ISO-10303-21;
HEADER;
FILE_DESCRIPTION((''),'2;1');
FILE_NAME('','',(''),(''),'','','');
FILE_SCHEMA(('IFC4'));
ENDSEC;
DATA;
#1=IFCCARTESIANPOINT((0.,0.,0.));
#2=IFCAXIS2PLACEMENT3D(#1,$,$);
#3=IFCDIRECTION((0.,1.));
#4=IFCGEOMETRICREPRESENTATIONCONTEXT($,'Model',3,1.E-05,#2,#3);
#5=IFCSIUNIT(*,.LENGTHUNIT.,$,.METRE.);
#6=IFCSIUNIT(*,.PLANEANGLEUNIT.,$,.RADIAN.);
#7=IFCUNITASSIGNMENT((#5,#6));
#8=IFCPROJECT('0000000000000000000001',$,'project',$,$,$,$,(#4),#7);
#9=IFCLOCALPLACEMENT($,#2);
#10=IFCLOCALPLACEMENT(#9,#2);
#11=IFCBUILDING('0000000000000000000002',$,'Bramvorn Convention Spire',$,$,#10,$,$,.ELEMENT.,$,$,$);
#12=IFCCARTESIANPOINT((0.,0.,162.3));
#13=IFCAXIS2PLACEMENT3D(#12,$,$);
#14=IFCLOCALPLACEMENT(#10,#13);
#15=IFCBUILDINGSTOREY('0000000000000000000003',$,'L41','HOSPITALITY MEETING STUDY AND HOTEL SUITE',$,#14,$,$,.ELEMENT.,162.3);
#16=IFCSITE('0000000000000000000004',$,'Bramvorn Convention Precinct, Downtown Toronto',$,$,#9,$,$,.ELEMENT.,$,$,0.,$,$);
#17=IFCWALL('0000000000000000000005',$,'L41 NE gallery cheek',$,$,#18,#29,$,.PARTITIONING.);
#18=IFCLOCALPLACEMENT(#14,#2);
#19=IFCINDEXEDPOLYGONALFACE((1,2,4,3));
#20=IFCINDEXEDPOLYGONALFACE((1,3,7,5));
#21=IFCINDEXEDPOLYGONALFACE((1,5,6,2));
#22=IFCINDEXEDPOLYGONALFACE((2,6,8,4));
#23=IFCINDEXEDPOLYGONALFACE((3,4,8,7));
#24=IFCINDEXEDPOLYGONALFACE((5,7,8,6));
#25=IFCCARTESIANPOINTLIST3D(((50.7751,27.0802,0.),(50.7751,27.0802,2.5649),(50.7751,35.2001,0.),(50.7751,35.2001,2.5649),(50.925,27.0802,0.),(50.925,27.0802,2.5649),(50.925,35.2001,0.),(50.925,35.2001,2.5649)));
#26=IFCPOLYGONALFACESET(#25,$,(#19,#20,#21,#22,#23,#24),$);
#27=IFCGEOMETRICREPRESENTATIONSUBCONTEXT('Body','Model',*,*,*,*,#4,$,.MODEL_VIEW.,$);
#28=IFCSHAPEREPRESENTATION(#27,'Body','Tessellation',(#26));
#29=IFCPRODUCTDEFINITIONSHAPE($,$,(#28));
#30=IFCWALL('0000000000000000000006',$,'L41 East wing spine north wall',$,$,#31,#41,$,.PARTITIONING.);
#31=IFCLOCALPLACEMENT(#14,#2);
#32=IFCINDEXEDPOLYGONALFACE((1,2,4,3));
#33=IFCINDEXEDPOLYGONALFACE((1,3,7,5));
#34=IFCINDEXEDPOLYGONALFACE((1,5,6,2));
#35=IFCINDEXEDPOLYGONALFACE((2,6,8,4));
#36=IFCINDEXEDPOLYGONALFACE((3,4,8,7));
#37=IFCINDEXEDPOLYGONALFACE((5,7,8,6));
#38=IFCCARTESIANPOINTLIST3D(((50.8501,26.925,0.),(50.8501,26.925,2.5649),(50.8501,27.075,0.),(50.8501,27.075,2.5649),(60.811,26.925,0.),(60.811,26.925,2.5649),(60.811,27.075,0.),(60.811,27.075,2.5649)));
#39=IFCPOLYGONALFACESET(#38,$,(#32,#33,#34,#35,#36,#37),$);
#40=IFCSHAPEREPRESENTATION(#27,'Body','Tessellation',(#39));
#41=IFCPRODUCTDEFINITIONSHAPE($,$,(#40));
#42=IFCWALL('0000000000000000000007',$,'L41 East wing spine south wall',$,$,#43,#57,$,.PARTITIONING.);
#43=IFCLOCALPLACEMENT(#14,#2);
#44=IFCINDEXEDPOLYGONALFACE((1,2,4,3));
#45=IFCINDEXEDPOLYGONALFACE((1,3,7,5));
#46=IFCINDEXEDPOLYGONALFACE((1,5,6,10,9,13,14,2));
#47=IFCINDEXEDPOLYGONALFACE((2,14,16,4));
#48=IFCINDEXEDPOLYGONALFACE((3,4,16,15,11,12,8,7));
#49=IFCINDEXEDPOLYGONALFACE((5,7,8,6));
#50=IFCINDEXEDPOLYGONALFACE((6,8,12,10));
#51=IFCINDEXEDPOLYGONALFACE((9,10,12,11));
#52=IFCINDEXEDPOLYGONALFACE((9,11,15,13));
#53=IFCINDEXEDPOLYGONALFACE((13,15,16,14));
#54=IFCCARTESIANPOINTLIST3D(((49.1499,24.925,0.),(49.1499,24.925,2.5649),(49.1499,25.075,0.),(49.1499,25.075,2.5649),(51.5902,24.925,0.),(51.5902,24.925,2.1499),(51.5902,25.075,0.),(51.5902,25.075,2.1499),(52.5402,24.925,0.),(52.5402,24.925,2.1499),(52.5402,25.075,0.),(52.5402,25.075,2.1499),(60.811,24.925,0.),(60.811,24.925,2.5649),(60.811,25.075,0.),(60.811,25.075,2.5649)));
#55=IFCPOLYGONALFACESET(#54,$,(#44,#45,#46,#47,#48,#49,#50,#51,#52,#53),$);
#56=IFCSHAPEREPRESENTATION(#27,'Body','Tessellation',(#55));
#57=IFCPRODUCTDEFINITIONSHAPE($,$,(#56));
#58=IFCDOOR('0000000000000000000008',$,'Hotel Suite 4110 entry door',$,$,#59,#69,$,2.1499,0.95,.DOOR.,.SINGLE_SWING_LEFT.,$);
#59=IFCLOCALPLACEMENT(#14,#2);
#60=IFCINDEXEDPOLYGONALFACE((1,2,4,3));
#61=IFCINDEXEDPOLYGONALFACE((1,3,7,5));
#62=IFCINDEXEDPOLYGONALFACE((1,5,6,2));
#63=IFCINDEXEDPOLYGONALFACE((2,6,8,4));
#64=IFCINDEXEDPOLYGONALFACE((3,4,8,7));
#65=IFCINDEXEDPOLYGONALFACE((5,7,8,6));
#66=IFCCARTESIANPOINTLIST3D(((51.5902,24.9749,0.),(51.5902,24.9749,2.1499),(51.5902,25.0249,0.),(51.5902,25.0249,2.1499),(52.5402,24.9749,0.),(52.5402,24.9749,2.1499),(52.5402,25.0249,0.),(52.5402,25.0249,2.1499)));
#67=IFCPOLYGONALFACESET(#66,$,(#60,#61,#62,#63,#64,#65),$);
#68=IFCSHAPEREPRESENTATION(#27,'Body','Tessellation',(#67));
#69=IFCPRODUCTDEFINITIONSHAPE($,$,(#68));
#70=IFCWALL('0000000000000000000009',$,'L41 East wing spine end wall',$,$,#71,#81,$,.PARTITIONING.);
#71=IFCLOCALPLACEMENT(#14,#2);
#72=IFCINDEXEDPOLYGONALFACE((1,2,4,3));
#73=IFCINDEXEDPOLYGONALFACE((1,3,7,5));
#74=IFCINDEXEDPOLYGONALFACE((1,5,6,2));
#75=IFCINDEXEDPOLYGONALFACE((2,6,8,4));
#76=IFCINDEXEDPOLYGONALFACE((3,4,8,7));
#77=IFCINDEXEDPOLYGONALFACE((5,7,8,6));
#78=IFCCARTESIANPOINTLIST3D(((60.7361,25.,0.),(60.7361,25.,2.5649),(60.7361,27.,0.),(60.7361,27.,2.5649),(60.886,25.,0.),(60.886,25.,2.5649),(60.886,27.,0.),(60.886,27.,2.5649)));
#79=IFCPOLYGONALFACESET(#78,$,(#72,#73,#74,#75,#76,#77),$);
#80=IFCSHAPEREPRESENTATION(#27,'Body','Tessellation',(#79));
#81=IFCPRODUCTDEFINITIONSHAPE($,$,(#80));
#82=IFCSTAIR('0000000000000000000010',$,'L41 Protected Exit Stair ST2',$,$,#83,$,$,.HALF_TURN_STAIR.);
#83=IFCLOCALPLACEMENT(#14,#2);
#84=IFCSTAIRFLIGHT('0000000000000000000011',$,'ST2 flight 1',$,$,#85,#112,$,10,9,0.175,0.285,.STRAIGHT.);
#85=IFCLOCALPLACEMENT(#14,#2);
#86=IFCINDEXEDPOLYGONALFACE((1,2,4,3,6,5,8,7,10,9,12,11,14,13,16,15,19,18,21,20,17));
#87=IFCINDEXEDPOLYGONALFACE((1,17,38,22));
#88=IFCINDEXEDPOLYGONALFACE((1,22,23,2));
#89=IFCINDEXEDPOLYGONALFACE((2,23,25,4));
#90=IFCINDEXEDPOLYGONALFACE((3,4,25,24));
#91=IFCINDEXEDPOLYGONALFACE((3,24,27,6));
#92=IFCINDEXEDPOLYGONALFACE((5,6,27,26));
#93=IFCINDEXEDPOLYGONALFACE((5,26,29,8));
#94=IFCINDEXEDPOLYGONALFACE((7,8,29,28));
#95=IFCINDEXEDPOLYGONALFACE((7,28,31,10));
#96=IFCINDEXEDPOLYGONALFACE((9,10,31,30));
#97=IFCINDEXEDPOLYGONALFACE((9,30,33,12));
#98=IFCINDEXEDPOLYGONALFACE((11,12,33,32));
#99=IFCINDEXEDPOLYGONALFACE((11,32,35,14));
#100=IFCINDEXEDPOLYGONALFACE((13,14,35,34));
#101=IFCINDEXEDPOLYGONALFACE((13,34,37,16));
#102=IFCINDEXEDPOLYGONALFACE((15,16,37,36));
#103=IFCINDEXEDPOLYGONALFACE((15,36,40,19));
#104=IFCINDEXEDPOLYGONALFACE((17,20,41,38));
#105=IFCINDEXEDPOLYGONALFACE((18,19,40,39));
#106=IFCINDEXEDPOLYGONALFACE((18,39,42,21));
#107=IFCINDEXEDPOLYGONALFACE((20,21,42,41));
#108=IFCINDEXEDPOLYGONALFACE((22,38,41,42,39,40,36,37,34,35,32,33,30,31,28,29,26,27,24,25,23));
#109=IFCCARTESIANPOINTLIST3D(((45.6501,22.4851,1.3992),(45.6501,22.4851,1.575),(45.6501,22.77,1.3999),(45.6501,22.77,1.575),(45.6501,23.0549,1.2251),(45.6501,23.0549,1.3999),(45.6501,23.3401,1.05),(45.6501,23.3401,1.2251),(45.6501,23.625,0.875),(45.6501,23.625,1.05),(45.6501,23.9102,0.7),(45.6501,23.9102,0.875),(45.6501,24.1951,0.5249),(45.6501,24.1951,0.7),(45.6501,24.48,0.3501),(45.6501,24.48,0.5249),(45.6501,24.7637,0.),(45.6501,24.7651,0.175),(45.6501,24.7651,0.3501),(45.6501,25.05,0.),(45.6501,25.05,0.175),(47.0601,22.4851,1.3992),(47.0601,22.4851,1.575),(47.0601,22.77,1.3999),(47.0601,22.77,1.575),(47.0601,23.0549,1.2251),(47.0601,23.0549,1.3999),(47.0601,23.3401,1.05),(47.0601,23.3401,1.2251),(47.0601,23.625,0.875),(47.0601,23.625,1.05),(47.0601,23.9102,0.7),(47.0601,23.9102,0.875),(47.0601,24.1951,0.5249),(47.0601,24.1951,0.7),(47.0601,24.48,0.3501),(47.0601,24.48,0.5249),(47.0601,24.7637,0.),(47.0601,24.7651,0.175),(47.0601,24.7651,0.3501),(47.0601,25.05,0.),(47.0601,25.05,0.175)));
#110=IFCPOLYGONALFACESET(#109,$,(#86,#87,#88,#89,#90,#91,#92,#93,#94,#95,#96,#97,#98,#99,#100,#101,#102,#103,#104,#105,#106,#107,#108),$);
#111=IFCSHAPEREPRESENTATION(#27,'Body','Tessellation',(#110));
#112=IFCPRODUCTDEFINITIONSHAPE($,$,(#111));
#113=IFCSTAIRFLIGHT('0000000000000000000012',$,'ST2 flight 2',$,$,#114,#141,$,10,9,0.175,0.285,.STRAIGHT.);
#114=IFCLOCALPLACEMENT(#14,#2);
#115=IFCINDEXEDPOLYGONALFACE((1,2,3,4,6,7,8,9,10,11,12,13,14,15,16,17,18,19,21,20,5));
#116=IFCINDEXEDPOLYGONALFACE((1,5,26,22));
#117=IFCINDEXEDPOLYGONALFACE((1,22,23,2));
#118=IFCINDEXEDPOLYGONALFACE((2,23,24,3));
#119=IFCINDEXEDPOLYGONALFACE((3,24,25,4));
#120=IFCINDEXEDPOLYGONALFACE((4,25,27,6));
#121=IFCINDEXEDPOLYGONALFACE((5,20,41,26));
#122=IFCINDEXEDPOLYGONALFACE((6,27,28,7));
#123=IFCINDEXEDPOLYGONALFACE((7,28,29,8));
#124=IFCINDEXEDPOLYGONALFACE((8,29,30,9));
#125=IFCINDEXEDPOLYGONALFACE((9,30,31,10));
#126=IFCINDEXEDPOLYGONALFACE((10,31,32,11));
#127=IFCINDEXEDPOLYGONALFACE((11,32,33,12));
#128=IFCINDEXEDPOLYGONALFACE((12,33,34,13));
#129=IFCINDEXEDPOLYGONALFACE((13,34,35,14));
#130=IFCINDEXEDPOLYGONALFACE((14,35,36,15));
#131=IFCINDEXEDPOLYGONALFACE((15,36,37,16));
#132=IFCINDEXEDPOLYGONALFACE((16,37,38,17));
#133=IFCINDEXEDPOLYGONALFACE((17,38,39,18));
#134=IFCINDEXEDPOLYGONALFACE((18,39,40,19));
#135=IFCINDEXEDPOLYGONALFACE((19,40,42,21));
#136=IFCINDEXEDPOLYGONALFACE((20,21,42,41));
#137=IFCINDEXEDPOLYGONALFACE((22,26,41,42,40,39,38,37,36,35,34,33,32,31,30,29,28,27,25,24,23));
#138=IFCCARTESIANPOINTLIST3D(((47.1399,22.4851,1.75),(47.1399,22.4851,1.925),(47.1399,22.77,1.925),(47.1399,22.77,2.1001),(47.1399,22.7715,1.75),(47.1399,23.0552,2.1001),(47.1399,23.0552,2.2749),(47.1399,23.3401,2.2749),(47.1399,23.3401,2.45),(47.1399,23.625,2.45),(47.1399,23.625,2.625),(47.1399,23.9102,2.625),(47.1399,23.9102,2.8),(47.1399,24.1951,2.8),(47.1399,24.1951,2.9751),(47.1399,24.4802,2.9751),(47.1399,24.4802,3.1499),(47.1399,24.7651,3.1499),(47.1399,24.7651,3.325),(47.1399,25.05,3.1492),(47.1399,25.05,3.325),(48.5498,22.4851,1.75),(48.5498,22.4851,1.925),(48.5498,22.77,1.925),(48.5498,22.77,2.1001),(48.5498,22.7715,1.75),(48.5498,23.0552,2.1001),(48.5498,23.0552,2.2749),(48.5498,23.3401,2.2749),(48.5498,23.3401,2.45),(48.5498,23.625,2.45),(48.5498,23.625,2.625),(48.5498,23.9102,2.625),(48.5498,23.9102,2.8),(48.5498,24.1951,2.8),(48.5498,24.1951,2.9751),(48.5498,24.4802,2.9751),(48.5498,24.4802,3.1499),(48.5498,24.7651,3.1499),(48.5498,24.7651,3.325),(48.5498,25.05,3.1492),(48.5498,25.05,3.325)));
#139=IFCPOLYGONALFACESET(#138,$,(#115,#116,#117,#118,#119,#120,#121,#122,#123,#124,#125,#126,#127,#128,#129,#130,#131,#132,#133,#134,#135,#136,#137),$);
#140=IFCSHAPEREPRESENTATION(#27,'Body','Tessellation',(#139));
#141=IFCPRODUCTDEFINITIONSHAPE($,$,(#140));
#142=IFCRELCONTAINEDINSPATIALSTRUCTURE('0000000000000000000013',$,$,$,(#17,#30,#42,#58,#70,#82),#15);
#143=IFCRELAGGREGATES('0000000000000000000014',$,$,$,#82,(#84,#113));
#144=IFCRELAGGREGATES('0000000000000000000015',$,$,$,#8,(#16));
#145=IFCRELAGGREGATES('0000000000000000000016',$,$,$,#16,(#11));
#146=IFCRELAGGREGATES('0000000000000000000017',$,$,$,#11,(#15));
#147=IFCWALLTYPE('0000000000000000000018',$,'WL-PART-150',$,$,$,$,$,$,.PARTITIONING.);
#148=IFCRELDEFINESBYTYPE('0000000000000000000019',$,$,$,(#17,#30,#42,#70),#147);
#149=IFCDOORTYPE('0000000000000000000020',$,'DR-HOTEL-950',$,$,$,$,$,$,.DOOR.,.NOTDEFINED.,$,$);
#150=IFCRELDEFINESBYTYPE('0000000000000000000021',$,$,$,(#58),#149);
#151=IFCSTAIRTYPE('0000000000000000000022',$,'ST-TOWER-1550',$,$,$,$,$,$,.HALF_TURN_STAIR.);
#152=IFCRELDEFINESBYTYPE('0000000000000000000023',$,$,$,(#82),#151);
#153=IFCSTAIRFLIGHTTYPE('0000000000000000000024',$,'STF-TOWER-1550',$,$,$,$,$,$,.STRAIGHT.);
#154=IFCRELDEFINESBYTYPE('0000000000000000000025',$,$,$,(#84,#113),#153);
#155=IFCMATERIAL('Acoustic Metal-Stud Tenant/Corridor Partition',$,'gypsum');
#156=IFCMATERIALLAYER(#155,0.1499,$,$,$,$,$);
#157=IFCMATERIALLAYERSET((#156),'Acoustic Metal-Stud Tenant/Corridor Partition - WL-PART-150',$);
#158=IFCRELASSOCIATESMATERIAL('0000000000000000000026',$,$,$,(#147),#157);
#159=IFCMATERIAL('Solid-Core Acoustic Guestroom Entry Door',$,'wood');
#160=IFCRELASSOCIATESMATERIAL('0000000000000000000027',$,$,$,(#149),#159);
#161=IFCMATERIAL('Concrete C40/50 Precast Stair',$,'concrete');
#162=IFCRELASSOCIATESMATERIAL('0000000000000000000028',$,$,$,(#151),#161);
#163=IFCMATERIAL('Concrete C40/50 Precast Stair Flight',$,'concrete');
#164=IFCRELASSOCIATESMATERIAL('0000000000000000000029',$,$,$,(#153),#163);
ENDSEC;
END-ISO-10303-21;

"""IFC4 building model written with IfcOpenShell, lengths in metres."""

from ifc_helpers import new_model, si_unit, direction, frame, frame_2d, origin, place, context, subcontext, project, spatial, polyline, rectangle, outline, extrude, material, layer, layer_set, type_object, element, fill, aggregate, save


model = new_model("IFC4")

# Units and contexts
model_context = context("Model", 3, precision=1e-05, world=origin(), true_north=direction((0.0, 1.0)))
body_context = subcontext(model_context, "Body", "Model", "MODEL_VIEW")
ifc_project = project(units=[si_unit("LENGTHUNIT", "METRE"), si_unit("PLANEANGLEUNIT", "RADIAN")], contexts=[model_context])

# Site, building, storey
site_placement = place(None, origin())
site = spatial("IfcSite", under=ifc_project, at=site_placement, Name="Bramvorn Convention Precinct, Downtown Toronto", CompositionType="ELEMENT", RefElevation=0.0)
building_placement = place(site_placement, origin())
building = spatial("IfcBuilding", under=site, at=building_placement, Name="Bramvorn Convention Spire", CompositionType="ELEMENT")
storey_placement = place(building_placement, frame((0.0, 0.0, 162.3)))
storey = spatial("IfcBuildingStorey", under=building, at=storey_placement, Name="L41", Description="HOSPITALITY MEETING STUDY AND HOTEL SUITE", CompositionType="ELEMENT", Elevation=162.3)

# Walls
ifc_material_1 = material(Name="Acoustic Metal-Stud Tenant/Corridor Partition", Category="gypsum")
ifc_layer_1 = layer(ifc_material_1, 0.1499)
ifc_layer_set_1 = layer_set([ifc_layer_1], Name="Acoustic Metal-Stud Tenant/Corridor Partition - WL-PART-150")
wall_type_1 = type_object("IfcWallType", Name="WL-PART-150", PredefinedType="PARTITIONING", material=ifc_layer_set_1)
wall_1_placement = place(storey_placement, frame((50.8501, 27.0801, 0.0), z_axis=(0.0, 0.0, 1.0), x_axis=(0.0, 1.0, 0.0)))
element("IfcWall", 1, at=wall_1_placement, inside=storey, type_object=wall_type_1, Name="L41 NE gallery cheek", PredefinedType="PARTITIONING", context=body_context, shape_type="SweptSolid", body=[
    extrude(rectangle(XDim=8.1199, YDim=0.1499, at=frame_2d((4.0601, 0.0))), origin(), (0.0, 0.0, 1.0), 2.5649),
])
wall_2_placement = place(storey_placement, frame((50.8501, 27.0, 0.0), z_axis=(0.0, 0.0, 1.0), x_axis=(1.0, 0.0, 0.0)))
element("IfcWall", 2, at=wall_2_placement, inside=storey, type_object=wall_type_1, Name="L41 East wing spine north wall", PredefinedType="PARTITIONING", context=body_context, shape_type="SweptSolid", body=[
    extrude(rectangle(XDim=9.9609, YDim=0.1499, at=frame_2d((4.9805, 0.0))), origin(), (0.0, 0.0, 1.0), 2.5649),
])

# Wall, opening, door
wall_3_placement = place(storey_placement, frame((49.1499, 25.0, 0.0), z_axis=(0.0, 0.0, 1.0), x_axis=(1.0, 0.0, 0.0)))
wall_3 = element("IfcWall", 3, at=wall_3_placement, inside=storey, type_object=wall_type_1, Name="L41 East wing spine south wall", PredefinedType="PARTITIONING", context=body_context, shape_type="SweptSolid", body=[
    extrude(rectangle(XDim=11.6611, YDim=0.1499, at=frame_2d((5.8306, 0.0))), origin(), (0.0, 0.0, 1.0), 2.5649),
])
opening_placement = place(wall_3_placement, frame((2.4402, 0.0, 0.0)))
opening = element("IfcOpeningElement", 4, at=opening_placement, cuts=wall_3, PredefinedType="OPENING", context=body_context, shape_type="SweptSolid", body=[
    extrude(rectangle(XDim=0.95, YDim=2.1499, at=frame_2d((0.4751, 1.075))), frame((0.0, 0.085, 0.0), z_axis=(0.0, -1.0, 0.0), x_axis=(1.0, 0.0, 0.0)), (0.0, 0.0, 1.0), 0.1699),
])
ifc_material_2 = material(Name="Solid-Core Acoustic Guestroom Entry Door", Category="wood")
door_type = type_object("IfcDoorType", Name="DR-HOTEL-950", OperationType="NOTDEFINED", PredefinedType="DOOR", material=ifc_material_2)
door_placement = place(opening_placement, origin())
door = element("IfcDoor", 5, at=door_placement, inside=storey, type_object=door_type, Name="Hotel Suite 4110 entry door", OperationType="SINGLE_SWING_LEFT", OverallHeight=2.1499, OverallWidth=0.95, PredefinedType="DOOR", context=body_context, shape_type="SweptSolid", body=[
    extrude(rectangle(XDim=0.95, YDim=2.1499, at=frame_2d((0.4751, 1.075))), frame((0.0, 0.0249, 0.0), z_axis=(0.0, -1.0, 0.0), x_axis=(1.0, 0.0, 0.0)), (0.0, 0.0, 1.0), 0.05),
])
fill(opening, door)

# Wall
wall_4_placement = place(storey_placement, frame((60.811, 25.0, 0.0), z_axis=(0.0, 0.0, 1.0), x_axis=(0.0, 1.0, 0.0)))
element("IfcWall", 6, at=wall_4_placement, inside=storey, type_object=wall_type_1, Name="L41 East wing spine end wall", PredefinedType="PARTITIONING", context=body_context, shape_type="SweptSolid", body=[
    extrude(rectangle(XDim=2.0, YDim=0.1499, at=frame_2d((1.0, 0.0))), origin(), (0.0, 0.0, 1.0), 2.5649),
])

# Stair, stair flights
ifc_material_3 = material(Name="Concrete C40/50 Precast Stair", Category="concrete")
stair_type = type_object("IfcStairType", Name="ST-TOWER-1550", PredefinedType="HALF_TURN_STAIR", material=ifc_material_3)
stair_placement = place(storey_placement, origin())
stair = element("IfcStair", 7, at=stair_placement, inside=storey, type_object=stair_type, Name="L41 Protected Exit Stair ST2", PredefinedType="HALF_TURN_STAIR")
ifc_material_4 = material(Name="Concrete C40/50 Precast Stair Flight", Category="concrete")
stair_flight_type = type_object("IfcStairFlightType", Name="STF-TOWER-1550", PredefinedType="STRAIGHT", material=ifc_material_4)
stair_flight_1_placement = place(storey_placement, frame((46.355, 25.05, 0.0), z_axis=(0.0, 0.0, 1.0), x_axis=(0.0, -1.0, 0.0)))
stair_flight_1 = element("IfcStairFlight", 8, at=stair_flight_1_placement, type_object=stair_flight_type, Name="ST2 flight 1", NumberOfRisers=10, NumberOfTreads=9, PredefinedType="STRAIGHT", RiserHeight=0.175, TreadLength=0.285, context=body_context, shape_type="SweptSolid", body=[
    extrude(outline(polyline([(0.0, 0.0), (0.0, 0.175), (0.2849, 0.175), (0.2849, 0.3501), (0.5701, 0.3501), (0.5701, 0.5249), (0.855, 0.5249), (0.855, 0.7), (1.1399, 0.7), (1.1399, 0.875), (1.425, 0.875), (1.425, 1.05), (1.71, 1.05), (1.71, 1.2251), (1.9951, 1.2251), (1.9951, 1.3999), (2.28, 1.3999), (2.28, 1.575), (2.5649, 1.575), (2.5649, 1.75), (2.5649, 1.3992), (0.2864, 0.0), (0.0, 0.0)])), frame((0.0, 0.7051, 0.0), z_axis=(0.0, -1.0, 0.0), x_axis=(1.0, 0.0, 0.0)), (0.0, 0.0, 1.0), 1.4099),
])
stair_flight_2_placement = place(storey_placement, frame((47.845, 22.4851, 1.75), z_axis=(0.0, 0.0, 1.0), x_axis=(0.0, 1.0, 0.0)))
stair_flight_2 = element("IfcStairFlight", 9, at=stair_flight_2_placement, type_object=stair_flight_type, Name="ST2 flight 2", NumberOfRisers=10, NumberOfTreads=9, PredefinedType="STRAIGHT", RiserHeight=0.175, TreadLength=0.285, context=body_context, shape_type="SweptSolid", body=[
    extrude(outline(polyline([(0.0, 0.0), (0.0, 0.175), (0.2849, 0.175), (0.2849, 0.3501), (0.5701, 0.3501), (0.5701, 0.5249), (0.855, 0.5249), (0.855, 0.7), (1.1399, 0.7), (1.1399, 0.875), (1.425, 0.875), (1.425, 1.05), (1.71, 1.05), (1.71, 1.2251), (1.9951, 1.2251), (1.9951, 1.3999), (2.28, 1.3999), (2.28, 1.575), (2.5649, 1.575), (2.5649, 1.75), (2.5649, 1.3992), (0.2864, 0.0), (0.0, 0.0)])), frame((0.0, 0.7051, 0.0), z_axis=(0.0, -1.0, 0.0), x_axis=(1.0, 0.0, 0.0)), (0.0, 0.0, 1.0), 1.4099),
])
aggregate(stair, [stair_flight_1, stair_flight_2])

save(model, "model.ifc")
